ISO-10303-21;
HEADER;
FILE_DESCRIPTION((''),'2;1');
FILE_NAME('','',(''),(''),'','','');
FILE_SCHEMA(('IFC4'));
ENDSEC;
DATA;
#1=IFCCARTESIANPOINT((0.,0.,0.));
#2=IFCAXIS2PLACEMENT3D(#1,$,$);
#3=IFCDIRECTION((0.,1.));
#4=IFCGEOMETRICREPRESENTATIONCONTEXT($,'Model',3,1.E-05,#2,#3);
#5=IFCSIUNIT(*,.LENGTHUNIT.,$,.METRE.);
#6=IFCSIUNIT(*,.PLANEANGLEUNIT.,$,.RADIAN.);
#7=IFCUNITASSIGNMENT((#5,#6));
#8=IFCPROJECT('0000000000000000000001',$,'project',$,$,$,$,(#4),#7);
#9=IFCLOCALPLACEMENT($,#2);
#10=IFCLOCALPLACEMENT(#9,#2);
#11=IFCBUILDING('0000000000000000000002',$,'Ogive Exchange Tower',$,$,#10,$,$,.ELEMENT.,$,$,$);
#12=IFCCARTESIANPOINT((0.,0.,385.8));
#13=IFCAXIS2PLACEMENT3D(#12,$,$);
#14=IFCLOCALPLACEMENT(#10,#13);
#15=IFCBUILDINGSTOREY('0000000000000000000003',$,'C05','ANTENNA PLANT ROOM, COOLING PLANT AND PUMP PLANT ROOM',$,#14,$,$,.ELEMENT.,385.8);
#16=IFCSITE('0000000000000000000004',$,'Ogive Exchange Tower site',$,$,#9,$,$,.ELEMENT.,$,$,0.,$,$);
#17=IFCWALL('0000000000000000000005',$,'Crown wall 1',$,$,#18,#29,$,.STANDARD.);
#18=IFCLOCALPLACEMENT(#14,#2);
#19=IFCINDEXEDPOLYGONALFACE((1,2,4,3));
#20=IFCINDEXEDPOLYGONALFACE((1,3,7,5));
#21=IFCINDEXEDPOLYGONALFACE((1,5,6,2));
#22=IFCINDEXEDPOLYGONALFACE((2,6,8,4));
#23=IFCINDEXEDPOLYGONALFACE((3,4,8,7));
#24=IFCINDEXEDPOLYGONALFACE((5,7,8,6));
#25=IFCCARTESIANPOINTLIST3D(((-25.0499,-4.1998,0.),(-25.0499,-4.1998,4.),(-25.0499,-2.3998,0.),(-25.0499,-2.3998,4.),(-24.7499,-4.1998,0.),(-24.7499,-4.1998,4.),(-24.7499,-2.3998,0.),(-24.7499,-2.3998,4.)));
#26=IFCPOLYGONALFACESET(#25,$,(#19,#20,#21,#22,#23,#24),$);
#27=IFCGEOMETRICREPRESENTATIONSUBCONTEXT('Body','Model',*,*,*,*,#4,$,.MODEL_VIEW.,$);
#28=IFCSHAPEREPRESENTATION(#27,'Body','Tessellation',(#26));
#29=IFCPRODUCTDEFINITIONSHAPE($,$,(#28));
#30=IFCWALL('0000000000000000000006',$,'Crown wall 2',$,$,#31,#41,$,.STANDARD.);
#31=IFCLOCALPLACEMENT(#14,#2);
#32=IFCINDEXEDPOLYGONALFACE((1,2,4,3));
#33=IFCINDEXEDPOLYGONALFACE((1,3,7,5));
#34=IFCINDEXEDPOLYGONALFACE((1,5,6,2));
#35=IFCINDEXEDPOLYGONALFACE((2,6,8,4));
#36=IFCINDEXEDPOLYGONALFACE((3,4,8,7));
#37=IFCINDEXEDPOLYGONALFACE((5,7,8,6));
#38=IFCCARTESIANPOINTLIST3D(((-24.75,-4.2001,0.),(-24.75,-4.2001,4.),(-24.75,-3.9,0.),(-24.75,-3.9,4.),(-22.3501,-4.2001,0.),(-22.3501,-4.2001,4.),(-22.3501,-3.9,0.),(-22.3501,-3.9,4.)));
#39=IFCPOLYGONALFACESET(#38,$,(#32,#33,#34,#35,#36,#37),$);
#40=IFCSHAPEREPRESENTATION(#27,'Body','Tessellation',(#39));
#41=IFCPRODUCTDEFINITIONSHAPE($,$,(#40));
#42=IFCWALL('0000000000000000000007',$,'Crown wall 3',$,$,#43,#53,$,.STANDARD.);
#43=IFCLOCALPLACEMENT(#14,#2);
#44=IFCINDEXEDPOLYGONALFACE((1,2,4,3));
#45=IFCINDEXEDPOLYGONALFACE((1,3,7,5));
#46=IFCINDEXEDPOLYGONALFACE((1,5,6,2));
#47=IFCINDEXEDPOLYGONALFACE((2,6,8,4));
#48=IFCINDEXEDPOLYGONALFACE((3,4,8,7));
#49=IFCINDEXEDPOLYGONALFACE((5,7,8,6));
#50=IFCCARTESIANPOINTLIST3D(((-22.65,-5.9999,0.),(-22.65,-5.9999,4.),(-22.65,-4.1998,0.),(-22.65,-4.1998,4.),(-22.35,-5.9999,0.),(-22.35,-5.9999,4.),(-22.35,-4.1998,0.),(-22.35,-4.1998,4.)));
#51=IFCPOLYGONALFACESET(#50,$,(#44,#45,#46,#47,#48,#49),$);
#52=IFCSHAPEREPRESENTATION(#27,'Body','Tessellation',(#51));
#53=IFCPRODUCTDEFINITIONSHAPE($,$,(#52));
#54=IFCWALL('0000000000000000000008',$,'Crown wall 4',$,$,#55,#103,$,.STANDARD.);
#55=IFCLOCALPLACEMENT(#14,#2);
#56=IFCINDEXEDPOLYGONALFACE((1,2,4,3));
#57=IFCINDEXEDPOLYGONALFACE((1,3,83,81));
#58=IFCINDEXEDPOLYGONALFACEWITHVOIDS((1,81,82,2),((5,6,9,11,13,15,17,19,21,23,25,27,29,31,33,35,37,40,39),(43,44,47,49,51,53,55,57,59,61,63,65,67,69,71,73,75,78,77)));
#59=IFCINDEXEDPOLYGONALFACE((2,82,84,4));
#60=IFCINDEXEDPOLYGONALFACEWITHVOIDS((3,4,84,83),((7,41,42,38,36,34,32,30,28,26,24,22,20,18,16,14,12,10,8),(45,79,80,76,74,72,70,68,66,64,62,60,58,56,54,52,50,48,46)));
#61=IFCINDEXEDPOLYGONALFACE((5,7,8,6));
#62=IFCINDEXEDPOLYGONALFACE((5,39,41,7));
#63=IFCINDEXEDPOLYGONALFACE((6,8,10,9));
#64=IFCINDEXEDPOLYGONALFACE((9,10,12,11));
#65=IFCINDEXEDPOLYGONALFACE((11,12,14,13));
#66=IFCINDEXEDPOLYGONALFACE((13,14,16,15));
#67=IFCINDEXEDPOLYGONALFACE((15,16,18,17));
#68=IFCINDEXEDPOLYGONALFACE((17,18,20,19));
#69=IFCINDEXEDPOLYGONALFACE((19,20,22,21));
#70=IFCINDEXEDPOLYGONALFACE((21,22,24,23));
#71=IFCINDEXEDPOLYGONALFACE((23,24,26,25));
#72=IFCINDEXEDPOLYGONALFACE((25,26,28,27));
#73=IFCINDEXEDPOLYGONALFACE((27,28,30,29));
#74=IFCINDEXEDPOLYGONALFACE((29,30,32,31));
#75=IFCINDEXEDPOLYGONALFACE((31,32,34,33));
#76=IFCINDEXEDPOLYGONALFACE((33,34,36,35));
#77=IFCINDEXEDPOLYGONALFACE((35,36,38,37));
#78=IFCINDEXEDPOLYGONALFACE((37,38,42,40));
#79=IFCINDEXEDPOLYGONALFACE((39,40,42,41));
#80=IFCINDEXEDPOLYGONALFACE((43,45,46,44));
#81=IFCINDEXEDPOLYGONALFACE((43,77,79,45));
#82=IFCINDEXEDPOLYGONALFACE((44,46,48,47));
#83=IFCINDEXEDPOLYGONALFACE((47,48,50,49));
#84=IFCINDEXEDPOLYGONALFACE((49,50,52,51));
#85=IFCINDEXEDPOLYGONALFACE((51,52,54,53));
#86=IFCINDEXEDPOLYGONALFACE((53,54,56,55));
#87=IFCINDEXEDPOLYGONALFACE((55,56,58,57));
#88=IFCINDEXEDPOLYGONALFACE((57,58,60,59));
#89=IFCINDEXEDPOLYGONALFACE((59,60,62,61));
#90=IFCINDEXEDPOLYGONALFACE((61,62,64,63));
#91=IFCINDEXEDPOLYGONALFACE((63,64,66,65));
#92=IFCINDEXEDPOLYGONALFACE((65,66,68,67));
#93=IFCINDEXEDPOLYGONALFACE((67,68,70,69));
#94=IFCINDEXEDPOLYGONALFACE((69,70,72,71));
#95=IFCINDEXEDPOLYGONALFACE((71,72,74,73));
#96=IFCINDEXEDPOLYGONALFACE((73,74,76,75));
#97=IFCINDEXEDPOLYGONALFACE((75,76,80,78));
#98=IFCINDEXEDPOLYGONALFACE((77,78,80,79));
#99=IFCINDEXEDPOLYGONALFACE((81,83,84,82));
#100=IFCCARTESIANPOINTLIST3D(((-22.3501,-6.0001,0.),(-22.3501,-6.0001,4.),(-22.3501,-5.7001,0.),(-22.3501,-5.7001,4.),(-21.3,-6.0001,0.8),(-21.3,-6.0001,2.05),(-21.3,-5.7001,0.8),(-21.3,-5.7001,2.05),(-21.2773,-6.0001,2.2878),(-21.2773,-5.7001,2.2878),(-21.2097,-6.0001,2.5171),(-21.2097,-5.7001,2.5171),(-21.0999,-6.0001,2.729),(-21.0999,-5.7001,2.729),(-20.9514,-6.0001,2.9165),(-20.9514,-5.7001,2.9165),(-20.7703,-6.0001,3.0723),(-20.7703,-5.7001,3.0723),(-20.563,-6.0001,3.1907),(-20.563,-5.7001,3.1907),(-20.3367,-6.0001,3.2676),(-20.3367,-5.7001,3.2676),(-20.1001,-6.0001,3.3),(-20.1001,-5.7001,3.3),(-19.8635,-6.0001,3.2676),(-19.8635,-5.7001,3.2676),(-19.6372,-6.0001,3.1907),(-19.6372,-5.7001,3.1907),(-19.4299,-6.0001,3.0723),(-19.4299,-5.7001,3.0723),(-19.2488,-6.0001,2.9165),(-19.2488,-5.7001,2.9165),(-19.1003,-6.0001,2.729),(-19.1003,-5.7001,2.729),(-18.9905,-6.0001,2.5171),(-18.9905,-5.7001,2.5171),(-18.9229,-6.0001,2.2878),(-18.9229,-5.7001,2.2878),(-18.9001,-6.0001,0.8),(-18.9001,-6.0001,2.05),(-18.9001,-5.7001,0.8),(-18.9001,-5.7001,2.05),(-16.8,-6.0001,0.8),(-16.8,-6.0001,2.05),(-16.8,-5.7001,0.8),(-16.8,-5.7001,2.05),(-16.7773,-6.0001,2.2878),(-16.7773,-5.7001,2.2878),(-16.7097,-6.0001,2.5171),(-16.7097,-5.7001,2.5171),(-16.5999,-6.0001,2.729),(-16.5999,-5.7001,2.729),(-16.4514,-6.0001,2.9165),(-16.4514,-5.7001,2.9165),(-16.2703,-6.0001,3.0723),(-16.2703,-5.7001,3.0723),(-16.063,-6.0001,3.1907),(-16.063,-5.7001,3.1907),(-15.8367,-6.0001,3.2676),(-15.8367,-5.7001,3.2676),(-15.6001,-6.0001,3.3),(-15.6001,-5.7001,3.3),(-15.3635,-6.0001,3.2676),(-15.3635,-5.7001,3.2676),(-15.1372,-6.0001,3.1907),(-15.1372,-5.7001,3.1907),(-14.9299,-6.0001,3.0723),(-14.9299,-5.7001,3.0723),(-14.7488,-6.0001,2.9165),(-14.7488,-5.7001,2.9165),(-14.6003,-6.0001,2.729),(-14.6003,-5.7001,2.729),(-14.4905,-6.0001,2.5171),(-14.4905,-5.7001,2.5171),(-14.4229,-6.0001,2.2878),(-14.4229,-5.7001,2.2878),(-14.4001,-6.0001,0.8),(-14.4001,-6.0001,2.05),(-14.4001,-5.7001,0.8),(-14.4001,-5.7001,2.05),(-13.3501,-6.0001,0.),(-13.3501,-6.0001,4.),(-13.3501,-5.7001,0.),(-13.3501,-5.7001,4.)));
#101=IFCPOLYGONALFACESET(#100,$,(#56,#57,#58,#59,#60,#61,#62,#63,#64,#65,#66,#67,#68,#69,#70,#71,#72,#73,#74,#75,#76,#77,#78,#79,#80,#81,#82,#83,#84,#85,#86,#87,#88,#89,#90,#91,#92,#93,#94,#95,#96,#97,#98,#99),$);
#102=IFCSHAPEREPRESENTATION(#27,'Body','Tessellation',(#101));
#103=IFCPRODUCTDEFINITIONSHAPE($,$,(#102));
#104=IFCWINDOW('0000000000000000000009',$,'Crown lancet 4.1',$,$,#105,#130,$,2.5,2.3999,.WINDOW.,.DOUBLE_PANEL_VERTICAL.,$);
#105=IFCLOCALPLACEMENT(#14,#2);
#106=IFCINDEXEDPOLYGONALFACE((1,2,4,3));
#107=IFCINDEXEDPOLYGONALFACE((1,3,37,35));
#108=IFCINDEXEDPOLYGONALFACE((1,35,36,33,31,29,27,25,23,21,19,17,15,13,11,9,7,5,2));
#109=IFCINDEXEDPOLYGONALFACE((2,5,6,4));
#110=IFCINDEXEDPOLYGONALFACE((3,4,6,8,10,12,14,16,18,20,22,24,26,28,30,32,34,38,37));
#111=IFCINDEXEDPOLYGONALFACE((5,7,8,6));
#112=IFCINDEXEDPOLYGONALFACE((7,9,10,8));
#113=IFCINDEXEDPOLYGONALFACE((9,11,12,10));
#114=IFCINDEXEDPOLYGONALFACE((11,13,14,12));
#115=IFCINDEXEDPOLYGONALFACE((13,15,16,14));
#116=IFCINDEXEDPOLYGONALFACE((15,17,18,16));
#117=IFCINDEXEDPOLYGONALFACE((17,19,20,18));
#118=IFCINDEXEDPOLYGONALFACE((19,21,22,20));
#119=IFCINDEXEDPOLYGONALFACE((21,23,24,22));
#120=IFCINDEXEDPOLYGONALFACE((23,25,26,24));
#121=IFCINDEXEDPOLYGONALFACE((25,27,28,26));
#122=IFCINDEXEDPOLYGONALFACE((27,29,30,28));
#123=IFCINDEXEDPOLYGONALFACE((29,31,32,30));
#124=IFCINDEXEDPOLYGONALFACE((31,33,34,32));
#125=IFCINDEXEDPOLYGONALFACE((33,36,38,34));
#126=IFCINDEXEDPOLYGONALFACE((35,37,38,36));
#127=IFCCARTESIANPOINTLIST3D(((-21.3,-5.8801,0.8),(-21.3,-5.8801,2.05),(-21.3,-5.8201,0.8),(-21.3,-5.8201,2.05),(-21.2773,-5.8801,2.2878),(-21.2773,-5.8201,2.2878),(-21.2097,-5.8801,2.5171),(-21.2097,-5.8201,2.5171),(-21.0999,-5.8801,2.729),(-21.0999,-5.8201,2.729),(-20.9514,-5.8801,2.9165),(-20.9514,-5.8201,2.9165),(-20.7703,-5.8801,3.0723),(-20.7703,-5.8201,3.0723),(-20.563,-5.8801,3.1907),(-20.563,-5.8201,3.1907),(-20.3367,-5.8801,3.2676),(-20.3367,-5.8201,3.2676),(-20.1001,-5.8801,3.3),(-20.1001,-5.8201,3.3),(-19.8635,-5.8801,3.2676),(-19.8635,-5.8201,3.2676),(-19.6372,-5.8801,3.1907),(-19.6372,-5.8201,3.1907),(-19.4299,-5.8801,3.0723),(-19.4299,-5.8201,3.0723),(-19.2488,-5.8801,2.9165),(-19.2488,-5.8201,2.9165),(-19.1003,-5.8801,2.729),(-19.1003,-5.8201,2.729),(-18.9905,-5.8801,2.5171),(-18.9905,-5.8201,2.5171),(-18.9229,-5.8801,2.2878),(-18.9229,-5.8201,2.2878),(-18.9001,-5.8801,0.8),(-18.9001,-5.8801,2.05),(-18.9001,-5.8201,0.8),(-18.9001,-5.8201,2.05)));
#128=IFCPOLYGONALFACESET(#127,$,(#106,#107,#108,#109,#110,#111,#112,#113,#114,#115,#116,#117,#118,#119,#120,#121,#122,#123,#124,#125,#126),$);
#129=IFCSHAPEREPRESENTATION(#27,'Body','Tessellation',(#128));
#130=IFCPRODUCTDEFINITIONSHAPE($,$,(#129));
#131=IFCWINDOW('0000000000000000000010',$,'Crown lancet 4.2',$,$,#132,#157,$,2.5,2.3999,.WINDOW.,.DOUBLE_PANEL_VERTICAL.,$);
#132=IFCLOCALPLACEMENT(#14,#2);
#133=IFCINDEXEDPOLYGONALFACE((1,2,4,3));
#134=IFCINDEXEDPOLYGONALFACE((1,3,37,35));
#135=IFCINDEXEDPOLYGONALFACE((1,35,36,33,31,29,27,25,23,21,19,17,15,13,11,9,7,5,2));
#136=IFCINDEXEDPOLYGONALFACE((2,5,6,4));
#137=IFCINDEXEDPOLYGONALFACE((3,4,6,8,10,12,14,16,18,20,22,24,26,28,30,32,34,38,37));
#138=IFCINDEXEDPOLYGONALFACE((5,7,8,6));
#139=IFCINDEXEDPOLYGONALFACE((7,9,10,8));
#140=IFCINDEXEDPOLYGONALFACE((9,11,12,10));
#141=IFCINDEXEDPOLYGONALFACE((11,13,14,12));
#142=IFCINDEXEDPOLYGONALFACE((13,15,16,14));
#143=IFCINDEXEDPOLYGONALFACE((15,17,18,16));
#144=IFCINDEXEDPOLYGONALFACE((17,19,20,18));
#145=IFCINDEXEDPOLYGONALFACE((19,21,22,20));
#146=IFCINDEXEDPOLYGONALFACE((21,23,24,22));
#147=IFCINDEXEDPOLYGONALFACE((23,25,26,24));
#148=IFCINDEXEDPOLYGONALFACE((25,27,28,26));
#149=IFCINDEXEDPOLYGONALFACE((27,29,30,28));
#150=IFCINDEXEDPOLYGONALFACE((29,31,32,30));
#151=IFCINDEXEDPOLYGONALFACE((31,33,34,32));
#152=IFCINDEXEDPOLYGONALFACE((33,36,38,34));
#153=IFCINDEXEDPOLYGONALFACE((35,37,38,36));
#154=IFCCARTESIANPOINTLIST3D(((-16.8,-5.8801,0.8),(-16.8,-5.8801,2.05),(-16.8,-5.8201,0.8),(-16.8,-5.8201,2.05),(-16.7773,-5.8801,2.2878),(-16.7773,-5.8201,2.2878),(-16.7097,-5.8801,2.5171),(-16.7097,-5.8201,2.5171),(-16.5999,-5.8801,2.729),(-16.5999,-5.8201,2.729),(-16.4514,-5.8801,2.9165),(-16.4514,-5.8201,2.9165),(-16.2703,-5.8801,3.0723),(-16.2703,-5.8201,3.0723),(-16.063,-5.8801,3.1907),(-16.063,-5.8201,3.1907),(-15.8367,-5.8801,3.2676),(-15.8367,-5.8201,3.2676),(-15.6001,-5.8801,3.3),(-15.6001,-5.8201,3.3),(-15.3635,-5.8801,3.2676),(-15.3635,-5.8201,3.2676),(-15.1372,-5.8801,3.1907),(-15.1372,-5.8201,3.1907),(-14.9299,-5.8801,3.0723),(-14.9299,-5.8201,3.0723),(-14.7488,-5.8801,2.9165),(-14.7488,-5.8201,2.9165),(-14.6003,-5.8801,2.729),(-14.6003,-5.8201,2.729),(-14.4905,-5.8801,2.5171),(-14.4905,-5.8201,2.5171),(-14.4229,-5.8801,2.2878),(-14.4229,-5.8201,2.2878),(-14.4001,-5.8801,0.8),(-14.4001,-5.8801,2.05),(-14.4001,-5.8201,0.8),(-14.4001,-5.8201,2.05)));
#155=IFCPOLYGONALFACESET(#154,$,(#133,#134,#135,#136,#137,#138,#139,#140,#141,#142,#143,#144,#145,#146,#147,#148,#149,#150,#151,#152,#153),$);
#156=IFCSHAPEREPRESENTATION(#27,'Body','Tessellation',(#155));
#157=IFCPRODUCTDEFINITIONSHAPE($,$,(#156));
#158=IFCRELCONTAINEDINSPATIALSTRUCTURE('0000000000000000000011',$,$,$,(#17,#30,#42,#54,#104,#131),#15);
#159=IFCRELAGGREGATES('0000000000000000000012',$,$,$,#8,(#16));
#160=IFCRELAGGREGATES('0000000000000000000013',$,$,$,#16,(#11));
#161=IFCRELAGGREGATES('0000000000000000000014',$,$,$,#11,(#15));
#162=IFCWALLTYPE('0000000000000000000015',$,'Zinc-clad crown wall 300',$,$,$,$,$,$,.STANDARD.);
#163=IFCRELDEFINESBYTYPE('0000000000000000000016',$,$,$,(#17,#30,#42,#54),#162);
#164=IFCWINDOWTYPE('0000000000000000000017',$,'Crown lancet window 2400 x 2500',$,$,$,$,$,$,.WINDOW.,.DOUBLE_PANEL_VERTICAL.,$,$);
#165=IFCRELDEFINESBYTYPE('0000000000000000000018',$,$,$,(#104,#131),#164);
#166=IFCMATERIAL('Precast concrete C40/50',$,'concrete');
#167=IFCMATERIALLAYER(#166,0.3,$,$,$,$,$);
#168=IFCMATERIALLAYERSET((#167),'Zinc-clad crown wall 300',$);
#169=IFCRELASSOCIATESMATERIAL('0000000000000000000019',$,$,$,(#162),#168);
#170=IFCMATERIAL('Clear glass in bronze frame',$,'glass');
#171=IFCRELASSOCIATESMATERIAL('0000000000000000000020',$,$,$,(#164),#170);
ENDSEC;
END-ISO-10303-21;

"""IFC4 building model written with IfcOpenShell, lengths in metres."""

from ifc_helpers import new_model, si_unit, direction, frame, frame_2d, origin, place, context, subcontext, project, spatial, polyline, rectangle, outline, extrude, material, layer, layer_set, type_object, element, fill, save


model = new_model("IFC4")

# Units and contexts
model_context = context("Model", 3, precision=1e-05, world=origin(), true_north=direction((0.0, 1.0)))
body_context = subcontext(model_context, "Body", "Model", "MODEL_VIEW")
ifc_project = project(units=[si_unit("LENGTHUNIT", "METRE"), si_unit("PLANEANGLEUNIT", "RADIAN")], contexts=[model_context])

# Site, building, storey
site_placement = place(None, origin())
site = spatial("IfcSite", under=ifc_project, at=site_placement, Name="Ogive Exchange Tower site", CompositionType="ELEMENT", RefElevation=0.0)
building_placement = place(site_placement, origin())
building = spatial("IfcBuilding", under=site, at=building_placement, Name="Ogive Exchange Tower", CompositionType="ELEMENT")
storey_placement = place(building_placement, frame((0.0, 0.0, 385.8)))
storey = spatial("IfcBuildingStorey", under=building, at=storey_placement, Name="C05", Description="ANTENNA PLANT ROOM, COOLING PLANT AND PUMP PLANT ROOM", CompositionType="ELEMENT", Elevation=385.8)

# Walls
ifc_material_1 = material(Name="Precast concrete C40/50", Category="concrete")
ifc_layer_1 = layer(ifc_material_1, 0.3)
ifc_layer_set_1 = layer_set([ifc_layer_1], Name="Zinc-clad crown wall 300")
wall_type_1 = type_object("IfcWallType", Name="Zinc-clad crown wall 300", PredefinedType="STANDARD", material=ifc_layer_set_1)
wall_1_placement = place(storey_placement, frame((-24.8999, -2.3999, 0.0), z_axis=(0.0, 0.0, 1.0), x_axis=(0.0, -1.0, 0.0)))
element("IfcWall", 1, at=wall_1_placement, inside=storey, type_object=wall_type_1, Name="Crown wall 1", PredefinedType="STANDARD", context=body_context, shape_type="SweptSolid", body=[
    extrude(rectangle(XDim=1.8, YDim=0.3, at=frame_2d((0.8999, 0.0))), origin(), (0.0, 0.0, 1.0), 4.0),
])
wall_2_placement = place(storey_placement, frame((-24.75, -4.05, 0.0), z_axis=(0.0, 0.0, 1.0), x_axis=(1.0, 0.0, 0.0)))
element("IfcWall", 2, at=wall_2_placement, inside=storey, type_object=wall_type_1, Name="Crown wall 2", PredefinedType="STANDARD", context=body_context, shape_type="SweptSolid", body=[
    extrude(rectangle(XDim=2.3999, YDim=0.3, at=frame_2d((1.2, 0.0))), origin(), (0.0, 0.0, 1.0), 4.0),
])
wall_3_placement = place(storey_placement, frame((-22.5, -4.2, 0.0), z_axis=(0.0, 0.0, 1.0), x_axis=(0.0, -1.0, 0.0)))
element("IfcWall", 3, at=wall_3_placement, inside=storey, type_object=wall_type_1, Name="Crown wall 3", PredefinedType="STANDARD", context=body_context, shape_type="SweptSolid", body=[
    extrude(rectangle(XDim=1.8, YDim=0.3, at=frame_2d((0.8999, 0.0))), origin(), (0.0, 0.0, 1.0), 4.0),
])

# Wall, openings, windows
wall_4_placement = place(storey_placement, frame((-22.3501, -5.8501, 0.0), z_axis=(0.0, 0.0, 1.0), x_axis=(1.0, 0.0, 0.0)))
wall_4 = element("IfcWall", 4, at=wall_4_placement, inside=storey, type_object=wall_type_1, Name="Crown wall 4", PredefinedType="STANDARD", context=body_context, shape_type="SweptSolid", body=[
    extrude(rectangle(XDim=9.0, YDim=0.3, at=frame_2d((4.5, 0.0))), origin(), (0.0, 0.0, 1.0), 4.0),
])
opening_1_placement = place(wall_4_placement, frame((1.05, 0.0, 0.8)))
opening_1 = element("IfcOpeningElement", 5, at=opening_1_placement, cuts=wall_4, PredefinedType="OPENING", context=body_context, shape_type="SweptSolid", body=[
    extrude(outline(polyline([(0.0, 0.0), (2.3999, 0.0), (2.3999, 1.25), (2.3772, 1.4878), (2.3096, 1.717), (2.1997, 1.929), (2.0513, 2.1165), (1.8701, 2.2722), (1.6628, 2.3906), (1.4365, 2.4675), (1.2, 2.5), (0.9634, 2.4675), (0.7371, 2.3906), (0.5298, 2.2722), (0.3486, 2.1165), (0.2002, 1.929), (0.0903, 1.717), (0.0227, 1.4878), (0.0, 1.25), (0.0, 0.0)])), frame((0.0, 0.1599, 0.0), z_axis=(0.0, -1.0, 0.0), x_axis=(1.0, 0.0, 0.0)), (0.0, 0.0, 1.0), 0.3201),
])
opening_2_placement = place(wall_4_placement, frame((5.55, 0.0, 0.8)))
opening_2 = element("IfcOpeningElement", 6, at=opening_2_placement, cuts=wall_4, PredefinedType="OPENING", context=body_context, shape_type="SweptSolid", body=[
    extrude(outline(polyline([(0.0, 0.0), (2.3999, 0.0), (2.3999, 1.25), (2.3772, 1.4878), (2.3096, 1.717), (2.1997, 1.929), (2.0513, 2.1165), (1.8701, 2.2722), (1.6628, 2.3906), (1.4365, 2.4675), (1.2, 2.5), (0.9634, 2.4675), (0.7371, 2.3906), (0.5298, 2.2722), (0.3486, 2.1165), (0.2002, 1.929), (0.0903, 1.717), (0.0227, 1.4878), (0.0, 1.25), (0.0, 0.0)])), frame((0.0, 0.1599, 0.0), z_axis=(0.0, -1.0, 0.0), x_axis=(1.0, 0.0, 0.0)), (0.0, 0.0, 1.0), 0.3201),
])
ifc_material_2 = material(Name="Clear glass in bronze frame", Category="glass")
window_type = type_object("IfcWindowType", Name="Crown lancet window 2400 x 2500", PartitioningType="DOUBLE_PANEL_VERTICAL", PredefinedType="WINDOW", material=ifc_material_2)
window_1_placement = place(opening_1_placement, origin())
window_1 = element("IfcWindow", 7, at=window_1_placement, inside=storey, type_object=window_type, Name="Crown lancet 4.1", OverallHeight=2.5, OverallWidth=2.3999, PartitioningType="DOUBLE_PANEL_VERTICAL", PredefinedType="WINDOW", context=body_context, shape_type="SweptSolid", body=[
    extrude(outline(polyline([(0.0, 0.0), (2.3999, 0.0), (2.3999, 1.25), (2.3772, 1.4878), (2.3096, 1.717), (2.1997, 1.929), (2.0513, 2.1165), (1.8701, 2.2722), (1.6628, 2.3906), (1.4365, 2.4675), (1.2, 2.5), (0.9634, 2.4675), (0.7371, 2.3906), (0.5298, 2.2722), (0.3486, 2.1165), (0.2002, 1.929), (0.0903, 1.717), (0.0227, 1.4878), (0.0, 1.25), (0.0, 0.0)])), frame((0.0, 0.03, 0.0), z_axis=(0.0, -1.0, 0.0), x_axis=(1.0, 0.0, 0.0)), (0.0, 0.0, 1.0), 0.0601),
])
fill(opening_1, window_1)
window_2_placement = place(opening_2_placement, origin())
window_2 = element("IfcWindow", 8, at=window_2_placement, inside=storey, type_object=window_type, Name="Crown lancet 4.2", OverallHeight=2.5, OverallWidth=2.3999, PartitioningType="DOUBLE_PANEL_VERTICAL", PredefinedType="WINDOW", context=body_context, shape_type="SweptSolid", body=[
    extrude(outline(polyline([(0.0, 0.0), (2.3999, 0.0), (2.3999, 1.25), (2.3772, 1.4878), (2.3096, 1.717), (2.1997, 1.929), (2.0513, 2.1165), (1.8701, 2.2722), (1.6628, 2.3906), (1.4365, 2.4675), (1.2, 2.5), (0.9634, 2.4675), (0.7371, 2.3906), (0.5298, 2.2722), (0.3486, 2.1165), (0.2002, 1.929), (0.0903, 1.717), (0.0227, 1.4878), (0.0, 1.25), (0.0, 0.0)])), frame((0.0, 0.03, 0.0), z_axis=(0.0, -1.0, 0.0), x_axis=(1.0, 0.0, 0.0)), (0.0, 0.0, 1.0), 0.0601),
])
fill(opening_2, window_2)

save(model, "model.ifc")
